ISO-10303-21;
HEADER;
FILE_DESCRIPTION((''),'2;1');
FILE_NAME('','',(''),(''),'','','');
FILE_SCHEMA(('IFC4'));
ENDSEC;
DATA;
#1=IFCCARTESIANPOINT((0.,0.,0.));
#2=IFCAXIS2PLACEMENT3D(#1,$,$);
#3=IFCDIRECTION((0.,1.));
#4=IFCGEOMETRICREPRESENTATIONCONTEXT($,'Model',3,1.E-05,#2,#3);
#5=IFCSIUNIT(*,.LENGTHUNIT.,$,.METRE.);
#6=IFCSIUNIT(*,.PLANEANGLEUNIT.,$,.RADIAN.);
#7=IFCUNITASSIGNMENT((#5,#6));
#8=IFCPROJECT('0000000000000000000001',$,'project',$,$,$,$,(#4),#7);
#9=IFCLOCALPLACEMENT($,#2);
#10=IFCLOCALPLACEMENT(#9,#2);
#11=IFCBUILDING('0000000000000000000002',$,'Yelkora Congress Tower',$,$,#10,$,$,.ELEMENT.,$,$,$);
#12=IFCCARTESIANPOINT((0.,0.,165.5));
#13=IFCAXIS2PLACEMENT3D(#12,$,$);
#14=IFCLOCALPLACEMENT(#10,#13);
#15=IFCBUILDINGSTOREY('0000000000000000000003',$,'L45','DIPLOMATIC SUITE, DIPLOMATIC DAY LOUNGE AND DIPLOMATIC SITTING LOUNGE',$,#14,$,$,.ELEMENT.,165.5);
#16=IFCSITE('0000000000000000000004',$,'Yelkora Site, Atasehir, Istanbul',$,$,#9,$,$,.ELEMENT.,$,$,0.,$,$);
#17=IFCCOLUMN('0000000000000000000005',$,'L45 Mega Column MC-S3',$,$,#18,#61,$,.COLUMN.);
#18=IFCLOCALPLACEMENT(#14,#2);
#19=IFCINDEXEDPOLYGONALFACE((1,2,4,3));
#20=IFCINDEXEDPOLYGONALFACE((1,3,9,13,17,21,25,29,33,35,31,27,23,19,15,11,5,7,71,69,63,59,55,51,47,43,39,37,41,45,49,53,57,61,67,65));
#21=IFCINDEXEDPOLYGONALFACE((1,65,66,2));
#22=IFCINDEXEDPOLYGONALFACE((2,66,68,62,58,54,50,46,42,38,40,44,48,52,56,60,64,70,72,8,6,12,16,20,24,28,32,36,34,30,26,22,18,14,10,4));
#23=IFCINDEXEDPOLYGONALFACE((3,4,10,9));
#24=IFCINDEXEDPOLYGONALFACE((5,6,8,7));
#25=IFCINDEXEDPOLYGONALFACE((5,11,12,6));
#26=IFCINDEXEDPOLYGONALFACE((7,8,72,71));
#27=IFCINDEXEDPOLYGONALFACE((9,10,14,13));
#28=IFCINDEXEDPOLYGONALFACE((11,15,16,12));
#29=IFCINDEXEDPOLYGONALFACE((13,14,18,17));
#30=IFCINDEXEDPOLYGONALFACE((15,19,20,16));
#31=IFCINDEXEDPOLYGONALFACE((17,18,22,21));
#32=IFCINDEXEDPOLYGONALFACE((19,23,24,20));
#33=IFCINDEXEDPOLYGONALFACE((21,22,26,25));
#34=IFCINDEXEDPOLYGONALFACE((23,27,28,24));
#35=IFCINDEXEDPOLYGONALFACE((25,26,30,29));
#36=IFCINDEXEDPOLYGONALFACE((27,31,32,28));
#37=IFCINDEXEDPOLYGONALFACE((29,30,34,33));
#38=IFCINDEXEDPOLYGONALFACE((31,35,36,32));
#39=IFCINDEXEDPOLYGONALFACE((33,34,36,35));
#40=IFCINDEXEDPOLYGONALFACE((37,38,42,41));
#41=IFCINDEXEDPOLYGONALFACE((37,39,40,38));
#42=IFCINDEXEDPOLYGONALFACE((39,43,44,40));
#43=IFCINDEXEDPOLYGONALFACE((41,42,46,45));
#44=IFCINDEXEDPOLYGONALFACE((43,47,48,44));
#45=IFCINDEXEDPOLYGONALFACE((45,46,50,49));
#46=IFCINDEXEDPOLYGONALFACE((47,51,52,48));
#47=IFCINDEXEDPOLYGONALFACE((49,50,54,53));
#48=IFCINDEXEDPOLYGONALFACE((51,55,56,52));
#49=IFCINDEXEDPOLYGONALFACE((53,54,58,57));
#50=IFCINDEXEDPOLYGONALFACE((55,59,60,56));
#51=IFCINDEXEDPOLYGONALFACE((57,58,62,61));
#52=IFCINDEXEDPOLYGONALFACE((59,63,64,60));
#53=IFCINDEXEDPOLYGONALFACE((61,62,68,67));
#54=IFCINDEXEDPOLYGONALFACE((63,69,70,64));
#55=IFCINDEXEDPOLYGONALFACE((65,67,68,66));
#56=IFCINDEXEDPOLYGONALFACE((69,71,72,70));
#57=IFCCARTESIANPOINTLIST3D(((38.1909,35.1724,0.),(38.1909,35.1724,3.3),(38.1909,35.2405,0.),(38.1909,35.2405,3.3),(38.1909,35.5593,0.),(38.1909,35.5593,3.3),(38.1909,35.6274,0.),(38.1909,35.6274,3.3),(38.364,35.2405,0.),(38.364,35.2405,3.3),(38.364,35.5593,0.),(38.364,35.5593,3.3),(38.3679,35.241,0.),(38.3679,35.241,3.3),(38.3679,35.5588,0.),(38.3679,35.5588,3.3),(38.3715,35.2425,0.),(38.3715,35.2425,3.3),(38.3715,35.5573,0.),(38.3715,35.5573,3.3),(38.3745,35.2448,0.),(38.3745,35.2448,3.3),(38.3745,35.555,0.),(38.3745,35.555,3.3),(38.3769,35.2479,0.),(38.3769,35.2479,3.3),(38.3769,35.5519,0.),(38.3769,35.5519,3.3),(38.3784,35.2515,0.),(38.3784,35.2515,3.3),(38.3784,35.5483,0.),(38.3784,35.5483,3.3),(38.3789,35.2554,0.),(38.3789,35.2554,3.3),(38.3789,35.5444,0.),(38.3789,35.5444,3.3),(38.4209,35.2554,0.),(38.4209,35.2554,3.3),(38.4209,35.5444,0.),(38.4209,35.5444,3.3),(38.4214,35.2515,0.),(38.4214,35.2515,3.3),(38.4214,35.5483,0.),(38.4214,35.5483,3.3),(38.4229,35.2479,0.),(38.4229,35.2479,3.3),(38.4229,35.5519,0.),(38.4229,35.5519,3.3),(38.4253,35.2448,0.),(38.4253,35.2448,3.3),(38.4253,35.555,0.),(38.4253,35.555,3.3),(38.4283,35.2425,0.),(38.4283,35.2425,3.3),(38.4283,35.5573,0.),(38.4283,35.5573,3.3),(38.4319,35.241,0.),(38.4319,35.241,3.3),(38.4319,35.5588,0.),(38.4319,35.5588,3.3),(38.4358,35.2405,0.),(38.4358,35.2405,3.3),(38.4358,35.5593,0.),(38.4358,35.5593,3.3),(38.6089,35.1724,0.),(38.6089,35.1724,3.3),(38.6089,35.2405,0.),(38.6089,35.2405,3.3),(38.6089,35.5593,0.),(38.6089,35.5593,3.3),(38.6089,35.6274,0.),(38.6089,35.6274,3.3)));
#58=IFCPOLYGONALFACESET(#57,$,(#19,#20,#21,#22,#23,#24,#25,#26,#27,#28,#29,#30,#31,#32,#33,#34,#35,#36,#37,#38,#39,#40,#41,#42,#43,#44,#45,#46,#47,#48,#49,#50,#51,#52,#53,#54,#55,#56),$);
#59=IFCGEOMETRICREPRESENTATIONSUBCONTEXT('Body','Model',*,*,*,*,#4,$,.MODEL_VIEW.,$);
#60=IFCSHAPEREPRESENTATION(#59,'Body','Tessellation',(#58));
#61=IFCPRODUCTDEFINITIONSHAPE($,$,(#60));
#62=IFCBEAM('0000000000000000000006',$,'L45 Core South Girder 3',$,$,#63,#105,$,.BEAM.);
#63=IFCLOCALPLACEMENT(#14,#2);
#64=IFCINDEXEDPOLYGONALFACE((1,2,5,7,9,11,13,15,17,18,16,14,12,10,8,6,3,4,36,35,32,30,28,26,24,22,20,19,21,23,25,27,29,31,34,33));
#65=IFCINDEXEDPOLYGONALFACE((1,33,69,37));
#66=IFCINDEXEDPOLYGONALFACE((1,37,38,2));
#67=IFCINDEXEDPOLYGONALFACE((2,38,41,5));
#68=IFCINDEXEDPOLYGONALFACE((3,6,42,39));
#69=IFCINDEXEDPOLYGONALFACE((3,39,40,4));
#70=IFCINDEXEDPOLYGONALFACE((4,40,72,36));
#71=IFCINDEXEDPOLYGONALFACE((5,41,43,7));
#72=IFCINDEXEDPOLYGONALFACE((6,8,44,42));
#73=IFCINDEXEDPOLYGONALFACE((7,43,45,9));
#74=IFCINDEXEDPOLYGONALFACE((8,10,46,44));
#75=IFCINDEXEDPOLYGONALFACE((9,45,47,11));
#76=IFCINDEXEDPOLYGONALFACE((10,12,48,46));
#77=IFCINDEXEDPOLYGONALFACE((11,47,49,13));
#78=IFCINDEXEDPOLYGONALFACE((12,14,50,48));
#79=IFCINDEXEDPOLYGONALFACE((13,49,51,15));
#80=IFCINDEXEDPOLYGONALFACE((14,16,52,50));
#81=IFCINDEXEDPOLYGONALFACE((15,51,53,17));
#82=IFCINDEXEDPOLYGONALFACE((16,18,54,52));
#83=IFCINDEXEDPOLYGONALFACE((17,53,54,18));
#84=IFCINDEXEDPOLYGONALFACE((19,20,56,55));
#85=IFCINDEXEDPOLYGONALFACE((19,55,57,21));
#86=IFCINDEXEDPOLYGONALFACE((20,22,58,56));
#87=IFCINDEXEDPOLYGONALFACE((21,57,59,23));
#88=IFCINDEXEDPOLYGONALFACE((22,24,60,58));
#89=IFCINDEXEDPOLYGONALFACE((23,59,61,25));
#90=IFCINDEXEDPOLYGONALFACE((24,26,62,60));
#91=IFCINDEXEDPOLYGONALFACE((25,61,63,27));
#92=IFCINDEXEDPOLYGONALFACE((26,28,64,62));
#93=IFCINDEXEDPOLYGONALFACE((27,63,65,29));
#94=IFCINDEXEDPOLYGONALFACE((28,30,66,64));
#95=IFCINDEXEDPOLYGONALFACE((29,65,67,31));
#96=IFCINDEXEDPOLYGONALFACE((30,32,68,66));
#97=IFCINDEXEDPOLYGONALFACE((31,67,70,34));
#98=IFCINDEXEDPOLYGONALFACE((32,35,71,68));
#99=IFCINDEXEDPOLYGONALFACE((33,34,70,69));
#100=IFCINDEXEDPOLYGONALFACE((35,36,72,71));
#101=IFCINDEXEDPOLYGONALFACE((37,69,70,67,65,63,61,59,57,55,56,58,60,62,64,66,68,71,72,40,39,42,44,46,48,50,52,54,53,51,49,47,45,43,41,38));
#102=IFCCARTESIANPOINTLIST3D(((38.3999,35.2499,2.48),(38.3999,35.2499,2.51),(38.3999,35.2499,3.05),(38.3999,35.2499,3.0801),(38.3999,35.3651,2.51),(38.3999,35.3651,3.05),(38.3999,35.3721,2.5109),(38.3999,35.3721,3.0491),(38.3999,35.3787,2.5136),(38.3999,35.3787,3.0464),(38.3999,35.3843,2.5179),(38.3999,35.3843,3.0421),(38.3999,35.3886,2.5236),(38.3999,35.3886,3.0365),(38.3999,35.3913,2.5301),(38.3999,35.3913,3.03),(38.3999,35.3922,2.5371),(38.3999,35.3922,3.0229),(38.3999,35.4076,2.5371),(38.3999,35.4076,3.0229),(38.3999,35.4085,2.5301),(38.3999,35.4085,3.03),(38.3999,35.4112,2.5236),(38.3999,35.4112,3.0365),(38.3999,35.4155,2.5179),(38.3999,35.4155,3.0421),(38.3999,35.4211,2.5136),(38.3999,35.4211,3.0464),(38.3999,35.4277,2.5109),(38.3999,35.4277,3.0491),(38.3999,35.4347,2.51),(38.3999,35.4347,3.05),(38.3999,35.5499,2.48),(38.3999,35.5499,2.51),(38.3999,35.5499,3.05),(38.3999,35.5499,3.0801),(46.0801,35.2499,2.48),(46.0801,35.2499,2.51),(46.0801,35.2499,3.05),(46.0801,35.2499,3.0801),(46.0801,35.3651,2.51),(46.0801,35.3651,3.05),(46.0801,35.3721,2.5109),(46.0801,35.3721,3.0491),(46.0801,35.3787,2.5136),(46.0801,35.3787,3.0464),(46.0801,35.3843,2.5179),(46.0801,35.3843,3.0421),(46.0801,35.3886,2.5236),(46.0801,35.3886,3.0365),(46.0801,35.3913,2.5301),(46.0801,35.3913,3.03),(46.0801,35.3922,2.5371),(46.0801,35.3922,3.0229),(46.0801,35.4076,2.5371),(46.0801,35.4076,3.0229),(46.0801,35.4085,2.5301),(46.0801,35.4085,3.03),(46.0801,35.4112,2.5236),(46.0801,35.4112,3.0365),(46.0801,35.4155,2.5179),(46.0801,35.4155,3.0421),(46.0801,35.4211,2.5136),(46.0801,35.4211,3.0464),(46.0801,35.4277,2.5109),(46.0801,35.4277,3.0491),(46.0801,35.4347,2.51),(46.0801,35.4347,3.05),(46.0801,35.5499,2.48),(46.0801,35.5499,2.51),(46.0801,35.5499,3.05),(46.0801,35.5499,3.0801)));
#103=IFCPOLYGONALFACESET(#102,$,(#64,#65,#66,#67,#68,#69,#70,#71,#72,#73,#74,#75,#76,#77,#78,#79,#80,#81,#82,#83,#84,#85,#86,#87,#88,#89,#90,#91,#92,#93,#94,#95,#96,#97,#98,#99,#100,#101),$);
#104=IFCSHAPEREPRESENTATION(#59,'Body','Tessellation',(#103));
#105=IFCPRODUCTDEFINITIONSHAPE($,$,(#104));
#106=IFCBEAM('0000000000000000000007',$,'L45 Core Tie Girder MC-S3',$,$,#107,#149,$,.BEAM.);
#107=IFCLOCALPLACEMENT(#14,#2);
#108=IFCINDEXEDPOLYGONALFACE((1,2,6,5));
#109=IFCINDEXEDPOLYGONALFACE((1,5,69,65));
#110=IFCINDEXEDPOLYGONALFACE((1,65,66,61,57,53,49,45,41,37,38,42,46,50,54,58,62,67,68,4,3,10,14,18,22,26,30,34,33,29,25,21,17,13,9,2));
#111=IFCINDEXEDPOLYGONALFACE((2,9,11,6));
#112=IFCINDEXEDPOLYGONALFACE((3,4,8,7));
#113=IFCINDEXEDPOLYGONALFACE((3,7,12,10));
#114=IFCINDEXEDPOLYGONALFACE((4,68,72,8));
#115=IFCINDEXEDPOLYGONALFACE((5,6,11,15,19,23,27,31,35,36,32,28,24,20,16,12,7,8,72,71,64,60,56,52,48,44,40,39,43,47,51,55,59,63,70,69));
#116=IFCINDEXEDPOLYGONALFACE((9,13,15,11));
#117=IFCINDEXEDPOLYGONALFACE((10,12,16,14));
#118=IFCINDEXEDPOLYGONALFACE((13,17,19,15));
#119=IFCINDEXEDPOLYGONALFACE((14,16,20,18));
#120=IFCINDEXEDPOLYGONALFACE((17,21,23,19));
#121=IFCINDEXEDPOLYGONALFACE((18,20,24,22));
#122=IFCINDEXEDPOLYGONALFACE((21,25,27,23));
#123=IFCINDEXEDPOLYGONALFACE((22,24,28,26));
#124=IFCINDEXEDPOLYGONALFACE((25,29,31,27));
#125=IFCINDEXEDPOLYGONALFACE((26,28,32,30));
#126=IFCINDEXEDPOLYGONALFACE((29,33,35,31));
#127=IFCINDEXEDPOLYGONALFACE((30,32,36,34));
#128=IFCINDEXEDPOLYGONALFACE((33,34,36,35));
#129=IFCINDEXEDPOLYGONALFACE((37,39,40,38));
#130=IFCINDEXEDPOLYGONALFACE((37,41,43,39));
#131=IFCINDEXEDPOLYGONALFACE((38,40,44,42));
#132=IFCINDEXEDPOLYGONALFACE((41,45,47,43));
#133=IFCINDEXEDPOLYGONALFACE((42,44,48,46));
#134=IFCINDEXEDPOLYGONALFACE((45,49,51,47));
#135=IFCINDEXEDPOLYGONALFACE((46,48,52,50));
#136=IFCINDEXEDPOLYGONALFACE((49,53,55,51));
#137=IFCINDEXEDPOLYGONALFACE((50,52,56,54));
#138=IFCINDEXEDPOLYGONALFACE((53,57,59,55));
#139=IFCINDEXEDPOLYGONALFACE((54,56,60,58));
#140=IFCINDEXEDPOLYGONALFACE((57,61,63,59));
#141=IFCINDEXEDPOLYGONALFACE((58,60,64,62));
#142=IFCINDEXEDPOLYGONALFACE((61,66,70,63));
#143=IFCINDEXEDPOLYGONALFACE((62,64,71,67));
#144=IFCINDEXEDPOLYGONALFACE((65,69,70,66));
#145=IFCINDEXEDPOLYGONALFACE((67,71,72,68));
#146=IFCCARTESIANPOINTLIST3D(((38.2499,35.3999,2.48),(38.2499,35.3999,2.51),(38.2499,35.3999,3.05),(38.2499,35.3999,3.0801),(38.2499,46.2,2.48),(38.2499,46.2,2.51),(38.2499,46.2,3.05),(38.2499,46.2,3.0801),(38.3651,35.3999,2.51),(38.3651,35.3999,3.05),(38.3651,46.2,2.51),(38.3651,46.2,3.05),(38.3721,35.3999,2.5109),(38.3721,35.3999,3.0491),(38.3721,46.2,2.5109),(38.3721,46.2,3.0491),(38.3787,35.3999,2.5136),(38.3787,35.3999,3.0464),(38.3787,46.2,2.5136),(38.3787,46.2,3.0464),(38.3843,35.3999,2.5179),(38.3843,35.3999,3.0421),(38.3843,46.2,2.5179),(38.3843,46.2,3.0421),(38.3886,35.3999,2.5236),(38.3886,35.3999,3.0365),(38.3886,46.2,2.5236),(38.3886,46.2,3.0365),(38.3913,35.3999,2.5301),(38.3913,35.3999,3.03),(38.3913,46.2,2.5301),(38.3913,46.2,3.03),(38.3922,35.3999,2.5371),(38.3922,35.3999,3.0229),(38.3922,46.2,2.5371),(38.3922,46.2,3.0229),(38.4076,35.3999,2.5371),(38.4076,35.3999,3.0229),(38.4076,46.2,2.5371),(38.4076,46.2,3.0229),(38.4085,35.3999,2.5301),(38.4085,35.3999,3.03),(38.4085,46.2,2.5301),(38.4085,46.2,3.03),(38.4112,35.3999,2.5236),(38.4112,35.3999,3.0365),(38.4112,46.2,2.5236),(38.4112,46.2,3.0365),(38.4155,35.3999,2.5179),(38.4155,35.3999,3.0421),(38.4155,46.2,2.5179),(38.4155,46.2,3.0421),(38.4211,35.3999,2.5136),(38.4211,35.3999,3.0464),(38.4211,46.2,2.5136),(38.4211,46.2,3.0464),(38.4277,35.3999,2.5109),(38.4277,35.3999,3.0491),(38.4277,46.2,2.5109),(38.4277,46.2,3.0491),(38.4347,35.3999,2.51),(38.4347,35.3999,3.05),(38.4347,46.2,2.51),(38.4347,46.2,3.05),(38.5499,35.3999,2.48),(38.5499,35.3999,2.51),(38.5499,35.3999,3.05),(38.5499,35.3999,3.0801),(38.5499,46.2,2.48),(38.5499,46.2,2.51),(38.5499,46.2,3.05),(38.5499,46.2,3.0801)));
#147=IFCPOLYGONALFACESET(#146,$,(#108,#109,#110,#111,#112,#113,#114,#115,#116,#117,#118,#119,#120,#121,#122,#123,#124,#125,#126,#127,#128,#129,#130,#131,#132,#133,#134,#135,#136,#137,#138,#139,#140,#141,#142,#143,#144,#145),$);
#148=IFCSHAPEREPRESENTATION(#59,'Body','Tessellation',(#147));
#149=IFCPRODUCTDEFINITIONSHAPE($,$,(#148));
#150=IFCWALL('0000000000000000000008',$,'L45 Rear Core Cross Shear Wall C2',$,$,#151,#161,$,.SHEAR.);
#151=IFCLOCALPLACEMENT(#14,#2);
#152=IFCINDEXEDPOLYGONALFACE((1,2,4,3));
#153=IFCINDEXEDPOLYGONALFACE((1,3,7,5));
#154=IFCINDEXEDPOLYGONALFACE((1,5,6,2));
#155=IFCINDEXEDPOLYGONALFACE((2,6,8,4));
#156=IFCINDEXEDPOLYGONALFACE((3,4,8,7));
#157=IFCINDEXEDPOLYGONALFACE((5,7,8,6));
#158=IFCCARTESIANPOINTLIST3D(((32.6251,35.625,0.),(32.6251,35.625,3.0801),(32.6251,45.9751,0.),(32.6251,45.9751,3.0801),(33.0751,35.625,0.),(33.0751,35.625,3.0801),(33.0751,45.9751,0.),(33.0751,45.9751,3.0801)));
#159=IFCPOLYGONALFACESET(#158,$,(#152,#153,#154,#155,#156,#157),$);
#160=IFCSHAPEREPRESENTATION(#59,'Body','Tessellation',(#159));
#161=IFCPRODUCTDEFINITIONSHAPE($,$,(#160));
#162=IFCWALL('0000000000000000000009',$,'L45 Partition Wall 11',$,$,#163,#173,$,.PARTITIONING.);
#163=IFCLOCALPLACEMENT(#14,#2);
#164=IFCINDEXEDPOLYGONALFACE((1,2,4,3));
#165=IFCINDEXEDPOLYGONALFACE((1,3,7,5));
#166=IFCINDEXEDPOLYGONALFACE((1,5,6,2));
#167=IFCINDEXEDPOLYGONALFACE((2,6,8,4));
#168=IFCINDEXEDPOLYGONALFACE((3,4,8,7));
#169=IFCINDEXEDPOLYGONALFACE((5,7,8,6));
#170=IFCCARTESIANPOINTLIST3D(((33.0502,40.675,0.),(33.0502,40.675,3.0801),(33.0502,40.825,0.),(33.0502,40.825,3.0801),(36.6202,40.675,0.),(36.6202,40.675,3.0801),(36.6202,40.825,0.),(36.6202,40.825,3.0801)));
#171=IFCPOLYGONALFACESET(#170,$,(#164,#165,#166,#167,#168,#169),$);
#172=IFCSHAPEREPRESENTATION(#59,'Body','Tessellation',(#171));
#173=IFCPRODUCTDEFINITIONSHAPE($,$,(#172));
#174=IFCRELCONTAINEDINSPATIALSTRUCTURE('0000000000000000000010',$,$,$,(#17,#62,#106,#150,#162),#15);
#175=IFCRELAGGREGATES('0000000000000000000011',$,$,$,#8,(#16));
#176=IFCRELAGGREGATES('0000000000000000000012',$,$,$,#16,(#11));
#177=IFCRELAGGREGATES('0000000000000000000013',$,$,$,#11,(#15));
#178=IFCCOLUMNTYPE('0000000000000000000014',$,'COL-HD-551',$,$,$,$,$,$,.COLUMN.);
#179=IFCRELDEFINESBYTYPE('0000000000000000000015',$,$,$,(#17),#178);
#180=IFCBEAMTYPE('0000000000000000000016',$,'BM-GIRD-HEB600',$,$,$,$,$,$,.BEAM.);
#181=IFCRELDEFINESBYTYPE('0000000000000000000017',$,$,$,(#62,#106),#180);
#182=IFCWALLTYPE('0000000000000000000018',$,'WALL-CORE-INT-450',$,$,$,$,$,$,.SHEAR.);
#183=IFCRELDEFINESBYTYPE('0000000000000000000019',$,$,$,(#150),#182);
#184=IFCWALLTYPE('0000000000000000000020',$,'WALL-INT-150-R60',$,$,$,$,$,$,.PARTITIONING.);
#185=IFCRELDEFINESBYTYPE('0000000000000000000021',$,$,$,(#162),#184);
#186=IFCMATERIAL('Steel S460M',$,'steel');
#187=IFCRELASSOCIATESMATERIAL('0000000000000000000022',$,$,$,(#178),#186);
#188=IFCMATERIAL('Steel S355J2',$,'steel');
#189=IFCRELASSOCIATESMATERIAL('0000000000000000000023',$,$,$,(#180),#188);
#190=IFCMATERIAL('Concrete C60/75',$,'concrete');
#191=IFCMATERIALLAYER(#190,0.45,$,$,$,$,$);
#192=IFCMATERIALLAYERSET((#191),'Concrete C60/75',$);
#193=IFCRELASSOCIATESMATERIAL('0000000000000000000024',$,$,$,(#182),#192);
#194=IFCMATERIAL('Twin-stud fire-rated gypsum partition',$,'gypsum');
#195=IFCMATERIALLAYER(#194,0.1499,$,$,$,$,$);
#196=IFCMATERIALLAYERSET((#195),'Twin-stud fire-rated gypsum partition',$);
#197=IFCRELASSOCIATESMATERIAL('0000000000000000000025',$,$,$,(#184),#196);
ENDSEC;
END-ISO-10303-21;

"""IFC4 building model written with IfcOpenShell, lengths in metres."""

from ifc_helpers import new_model, si_unit, direction, frame, frame_2d, origin, origin_2d, place, context, subcontext, project, spatial, rectangle, i_section, extrude, material, layer, layer_set, material_profile, profile_set, type_object, element, save


model = new_model("IFC4")

# Units and contexts
model_context = context("Model", 3, precision=1e-05, world=origin(), true_north=direction((0.0, 1.0)))
body_context = subcontext(model_context, "Body", "Model", "MODEL_VIEW")
ifc_project = project(units=[si_unit("LENGTHUNIT", "METRE"), si_unit("PLANEANGLEUNIT", "RADIAN")], contexts=[model_context])

# Site, building, storey
site_placement = place(None, origin())
site = spatial("IfcSite", under=ifc_project, at=site_placement, Name="Yelkora Site, Atasehir, Istanbul", CompositionType="ELEMENT", RefElevation=0.0)
building_placement = place(site_placement, origin())
building = spatial("IfcBuilding", under=site, at=building_placement, Name="Yelkora Congress Tower", CompositionType="ELEMENT")
storey_placement = place(building_placement, frame((0.0, 0.0, 165.5)))
storey = spatial("IfcBuildingStorey", under=building, at=storey_placement, Name="L45", Description="DIPLOMATIC SUITE, DIPLOMATIC DAY LOUNGE AND DIPLOMATIC SITTING LOUNGE", CompositionType="ELEMENT", Elevation=165.5)

# Column
ifc_material_1 = material(Name="Steel S460M", Category="steel")
ifc_material_profile_1 = material_profile(ifc_material_1, i_section(OverallWidth=0.418, OverallDepth=0.4551, WebThickness=0.042, FlangeThickness=0.0681, FilletRadius=0.0149, at=origin_2d()), Name="HD 400x551")
ifc_profile_set_1 = profile_set([ifc_material_profile_1], Name="Steel S460M")
column_type = type_object("IfcColumnType", Name="COL-HD-551", PredefinedType="COLUMN", material=ifc_profile_set_1)
column_placement = place(storey_placement, frame((38.3999, 35.3999, 0.0), z_axis=(0.0, 0.0, 1.0), x_axis=(1.0, 0.0, 0.0)))
element("IfcColumn", 1, at=column_placement, inside=storey, type_object=column_type, Name="L45 Mega Column MC-S3", PredefinedType="COLUMN", context=body_context, shape_type="SweptSolid", body=[
    extrude(i_section(OverallWidth=0.418, OverallDepth=0.4551, WebThickness=0.042, FlangeThickness=0.0681, FilletRadius=0.0149, at=origin_2d()), origin(), (0.0, 0.0, 1.0), 3.3),
])

# Beams
ifc_material_2 = material(Name="Steel S355J2", Category="steel")
ifc_material_profile_2 = material_profile(ifc_material_2, i_section(OverallWidth=0.3, OverallDepth=0.6001, WebThickness=0.0154, FlangeThickness=0.03, FilletRadius=0.0271, at=origin_2d()), Name="HEB 600")
ifc_profile_set_2 = profile_set([ifc_material_profile_2], Name="Steel S355J2")
beam_type = type_object("IfcBeamType", Name="BM-GIRD-HEB600", PredefinedType="BEAM", material=ifc_profile_set_2)
beam_1_placement = place(storey_placement, frame((38.3999, 35.3999, 2.78), z_axis=(1.0, 0.0, 0.0), x_axis=(0.0, 1.0, 0.0)))
element("IfcBeam", 2, at=beam_1_placement, inside=storey, type_object=beam_type, Name="L45 Core South Girder 3", PredefinedType="BEAM", context=body_context, shape_type="SweptSolid", body=[
    extrude(i_section(OverallWidth=0.3, OverallDepth=0.6001, WebThickness=0.0154, FlangeThickness=0.03, FilletRadius=0.0271, at=origin_2d()), origin(), (0.0, 0.0, 1.0), 7.6802),
])
beam_2_placement = place(storey_placement, frame((38.3999, 35.3999, 2.78), z_axis=(0.0, 1.0, 0.0), x_axis=(-1.0, 0.0, 0.0)))
element("IfcBeam", 3, at=beam_2_placement, inside=storey, type_object=beam_type, Name="L45 Core Tie Girder MC-S3", PredefinedType="BEAM", context=body_context, shape_type="SweptSolid", body=[
    extrude(i_section(OverallWidth=0.3, OverallDepth=0.6001, WebThickness=0.0154, FlangeThickness=0.03, FilletRadius=0.0271, at=origin_2d()), origin(), (0.0, 0.0, 1.0), 10.8),
])

# Shared definitions
ifc_material_3 = material(Name="Concrete C60/75", Category="concrete")
ifc_layer_1 = layer(ifc_material_3, 0.45)
ifc_layer_set_1 = layer_set([ifc_layer_1], Name="Concrete C60/75")
wall_type_1 = type_object("IfcWallType", Name="WALL-CORE-INT-450", PredefinedType="SHEAR", material=ifc_layer_set_1)

# Walls
wall_1_placement = place(storey_placement, frame((32.8501, 35.625, 0.0), z_axis=(0.0, 0.0, 1.0), x_axis=(0.0, 1.0, 0.0)))
element("IfcWall", 4, at=wall_1_placement, inside=storey, type_object=wall_type_1, Name="L45 Rear Core Cross Shear Wall C2", PredefinedType="SHEAR", context=body_context, shape_type="SweptSolid", body=[
    extrude(rectangle(XDim=10.3501, YDim=0.45, at=frame_2d((5.175, 0.0))), origin(), (0.0, 0.0, 1.0), 3.0801),
])
ifc_material_4 = material(Name="Twin-stud fire-rated gypsum partition", Category="gypsum")
ifc_layer_2 = layer(ifc_material_4, 0.1499)
ifc_layer_set_2 = layer_set([ifc_layer_2], Name="Twin-stud fire-rated gypsum partition")
wall_type_2 = type_object("IfcWallType", Name="WALL-INT-150-R60", PredefinedType="PARTITIONING", material=ifc_layer_set_2)
wall_2_placement = place(storey_placement, frame((33.05, 40.75, 0.0), z_axis=(0.0, 0.0, 1.0), x_axis=(1.0, 0.0, 0.0)))
element("IfcWall", 5, at=wall_2_placement, inside=storey, type_object=wall_type_2, Name="L45 Partition Wall 11", PredefinedType="PARTITIONING", context=body_context, shape_type="SweptSolid", body=[
    extrude(rectangle(XDim=3.5701, YDim=0.1499, at=frame_2d((1.7852, 0.0))), origin(), (0.0, 0.0, 1.0), 3.0801),
])

save(model, "model.ifc")
